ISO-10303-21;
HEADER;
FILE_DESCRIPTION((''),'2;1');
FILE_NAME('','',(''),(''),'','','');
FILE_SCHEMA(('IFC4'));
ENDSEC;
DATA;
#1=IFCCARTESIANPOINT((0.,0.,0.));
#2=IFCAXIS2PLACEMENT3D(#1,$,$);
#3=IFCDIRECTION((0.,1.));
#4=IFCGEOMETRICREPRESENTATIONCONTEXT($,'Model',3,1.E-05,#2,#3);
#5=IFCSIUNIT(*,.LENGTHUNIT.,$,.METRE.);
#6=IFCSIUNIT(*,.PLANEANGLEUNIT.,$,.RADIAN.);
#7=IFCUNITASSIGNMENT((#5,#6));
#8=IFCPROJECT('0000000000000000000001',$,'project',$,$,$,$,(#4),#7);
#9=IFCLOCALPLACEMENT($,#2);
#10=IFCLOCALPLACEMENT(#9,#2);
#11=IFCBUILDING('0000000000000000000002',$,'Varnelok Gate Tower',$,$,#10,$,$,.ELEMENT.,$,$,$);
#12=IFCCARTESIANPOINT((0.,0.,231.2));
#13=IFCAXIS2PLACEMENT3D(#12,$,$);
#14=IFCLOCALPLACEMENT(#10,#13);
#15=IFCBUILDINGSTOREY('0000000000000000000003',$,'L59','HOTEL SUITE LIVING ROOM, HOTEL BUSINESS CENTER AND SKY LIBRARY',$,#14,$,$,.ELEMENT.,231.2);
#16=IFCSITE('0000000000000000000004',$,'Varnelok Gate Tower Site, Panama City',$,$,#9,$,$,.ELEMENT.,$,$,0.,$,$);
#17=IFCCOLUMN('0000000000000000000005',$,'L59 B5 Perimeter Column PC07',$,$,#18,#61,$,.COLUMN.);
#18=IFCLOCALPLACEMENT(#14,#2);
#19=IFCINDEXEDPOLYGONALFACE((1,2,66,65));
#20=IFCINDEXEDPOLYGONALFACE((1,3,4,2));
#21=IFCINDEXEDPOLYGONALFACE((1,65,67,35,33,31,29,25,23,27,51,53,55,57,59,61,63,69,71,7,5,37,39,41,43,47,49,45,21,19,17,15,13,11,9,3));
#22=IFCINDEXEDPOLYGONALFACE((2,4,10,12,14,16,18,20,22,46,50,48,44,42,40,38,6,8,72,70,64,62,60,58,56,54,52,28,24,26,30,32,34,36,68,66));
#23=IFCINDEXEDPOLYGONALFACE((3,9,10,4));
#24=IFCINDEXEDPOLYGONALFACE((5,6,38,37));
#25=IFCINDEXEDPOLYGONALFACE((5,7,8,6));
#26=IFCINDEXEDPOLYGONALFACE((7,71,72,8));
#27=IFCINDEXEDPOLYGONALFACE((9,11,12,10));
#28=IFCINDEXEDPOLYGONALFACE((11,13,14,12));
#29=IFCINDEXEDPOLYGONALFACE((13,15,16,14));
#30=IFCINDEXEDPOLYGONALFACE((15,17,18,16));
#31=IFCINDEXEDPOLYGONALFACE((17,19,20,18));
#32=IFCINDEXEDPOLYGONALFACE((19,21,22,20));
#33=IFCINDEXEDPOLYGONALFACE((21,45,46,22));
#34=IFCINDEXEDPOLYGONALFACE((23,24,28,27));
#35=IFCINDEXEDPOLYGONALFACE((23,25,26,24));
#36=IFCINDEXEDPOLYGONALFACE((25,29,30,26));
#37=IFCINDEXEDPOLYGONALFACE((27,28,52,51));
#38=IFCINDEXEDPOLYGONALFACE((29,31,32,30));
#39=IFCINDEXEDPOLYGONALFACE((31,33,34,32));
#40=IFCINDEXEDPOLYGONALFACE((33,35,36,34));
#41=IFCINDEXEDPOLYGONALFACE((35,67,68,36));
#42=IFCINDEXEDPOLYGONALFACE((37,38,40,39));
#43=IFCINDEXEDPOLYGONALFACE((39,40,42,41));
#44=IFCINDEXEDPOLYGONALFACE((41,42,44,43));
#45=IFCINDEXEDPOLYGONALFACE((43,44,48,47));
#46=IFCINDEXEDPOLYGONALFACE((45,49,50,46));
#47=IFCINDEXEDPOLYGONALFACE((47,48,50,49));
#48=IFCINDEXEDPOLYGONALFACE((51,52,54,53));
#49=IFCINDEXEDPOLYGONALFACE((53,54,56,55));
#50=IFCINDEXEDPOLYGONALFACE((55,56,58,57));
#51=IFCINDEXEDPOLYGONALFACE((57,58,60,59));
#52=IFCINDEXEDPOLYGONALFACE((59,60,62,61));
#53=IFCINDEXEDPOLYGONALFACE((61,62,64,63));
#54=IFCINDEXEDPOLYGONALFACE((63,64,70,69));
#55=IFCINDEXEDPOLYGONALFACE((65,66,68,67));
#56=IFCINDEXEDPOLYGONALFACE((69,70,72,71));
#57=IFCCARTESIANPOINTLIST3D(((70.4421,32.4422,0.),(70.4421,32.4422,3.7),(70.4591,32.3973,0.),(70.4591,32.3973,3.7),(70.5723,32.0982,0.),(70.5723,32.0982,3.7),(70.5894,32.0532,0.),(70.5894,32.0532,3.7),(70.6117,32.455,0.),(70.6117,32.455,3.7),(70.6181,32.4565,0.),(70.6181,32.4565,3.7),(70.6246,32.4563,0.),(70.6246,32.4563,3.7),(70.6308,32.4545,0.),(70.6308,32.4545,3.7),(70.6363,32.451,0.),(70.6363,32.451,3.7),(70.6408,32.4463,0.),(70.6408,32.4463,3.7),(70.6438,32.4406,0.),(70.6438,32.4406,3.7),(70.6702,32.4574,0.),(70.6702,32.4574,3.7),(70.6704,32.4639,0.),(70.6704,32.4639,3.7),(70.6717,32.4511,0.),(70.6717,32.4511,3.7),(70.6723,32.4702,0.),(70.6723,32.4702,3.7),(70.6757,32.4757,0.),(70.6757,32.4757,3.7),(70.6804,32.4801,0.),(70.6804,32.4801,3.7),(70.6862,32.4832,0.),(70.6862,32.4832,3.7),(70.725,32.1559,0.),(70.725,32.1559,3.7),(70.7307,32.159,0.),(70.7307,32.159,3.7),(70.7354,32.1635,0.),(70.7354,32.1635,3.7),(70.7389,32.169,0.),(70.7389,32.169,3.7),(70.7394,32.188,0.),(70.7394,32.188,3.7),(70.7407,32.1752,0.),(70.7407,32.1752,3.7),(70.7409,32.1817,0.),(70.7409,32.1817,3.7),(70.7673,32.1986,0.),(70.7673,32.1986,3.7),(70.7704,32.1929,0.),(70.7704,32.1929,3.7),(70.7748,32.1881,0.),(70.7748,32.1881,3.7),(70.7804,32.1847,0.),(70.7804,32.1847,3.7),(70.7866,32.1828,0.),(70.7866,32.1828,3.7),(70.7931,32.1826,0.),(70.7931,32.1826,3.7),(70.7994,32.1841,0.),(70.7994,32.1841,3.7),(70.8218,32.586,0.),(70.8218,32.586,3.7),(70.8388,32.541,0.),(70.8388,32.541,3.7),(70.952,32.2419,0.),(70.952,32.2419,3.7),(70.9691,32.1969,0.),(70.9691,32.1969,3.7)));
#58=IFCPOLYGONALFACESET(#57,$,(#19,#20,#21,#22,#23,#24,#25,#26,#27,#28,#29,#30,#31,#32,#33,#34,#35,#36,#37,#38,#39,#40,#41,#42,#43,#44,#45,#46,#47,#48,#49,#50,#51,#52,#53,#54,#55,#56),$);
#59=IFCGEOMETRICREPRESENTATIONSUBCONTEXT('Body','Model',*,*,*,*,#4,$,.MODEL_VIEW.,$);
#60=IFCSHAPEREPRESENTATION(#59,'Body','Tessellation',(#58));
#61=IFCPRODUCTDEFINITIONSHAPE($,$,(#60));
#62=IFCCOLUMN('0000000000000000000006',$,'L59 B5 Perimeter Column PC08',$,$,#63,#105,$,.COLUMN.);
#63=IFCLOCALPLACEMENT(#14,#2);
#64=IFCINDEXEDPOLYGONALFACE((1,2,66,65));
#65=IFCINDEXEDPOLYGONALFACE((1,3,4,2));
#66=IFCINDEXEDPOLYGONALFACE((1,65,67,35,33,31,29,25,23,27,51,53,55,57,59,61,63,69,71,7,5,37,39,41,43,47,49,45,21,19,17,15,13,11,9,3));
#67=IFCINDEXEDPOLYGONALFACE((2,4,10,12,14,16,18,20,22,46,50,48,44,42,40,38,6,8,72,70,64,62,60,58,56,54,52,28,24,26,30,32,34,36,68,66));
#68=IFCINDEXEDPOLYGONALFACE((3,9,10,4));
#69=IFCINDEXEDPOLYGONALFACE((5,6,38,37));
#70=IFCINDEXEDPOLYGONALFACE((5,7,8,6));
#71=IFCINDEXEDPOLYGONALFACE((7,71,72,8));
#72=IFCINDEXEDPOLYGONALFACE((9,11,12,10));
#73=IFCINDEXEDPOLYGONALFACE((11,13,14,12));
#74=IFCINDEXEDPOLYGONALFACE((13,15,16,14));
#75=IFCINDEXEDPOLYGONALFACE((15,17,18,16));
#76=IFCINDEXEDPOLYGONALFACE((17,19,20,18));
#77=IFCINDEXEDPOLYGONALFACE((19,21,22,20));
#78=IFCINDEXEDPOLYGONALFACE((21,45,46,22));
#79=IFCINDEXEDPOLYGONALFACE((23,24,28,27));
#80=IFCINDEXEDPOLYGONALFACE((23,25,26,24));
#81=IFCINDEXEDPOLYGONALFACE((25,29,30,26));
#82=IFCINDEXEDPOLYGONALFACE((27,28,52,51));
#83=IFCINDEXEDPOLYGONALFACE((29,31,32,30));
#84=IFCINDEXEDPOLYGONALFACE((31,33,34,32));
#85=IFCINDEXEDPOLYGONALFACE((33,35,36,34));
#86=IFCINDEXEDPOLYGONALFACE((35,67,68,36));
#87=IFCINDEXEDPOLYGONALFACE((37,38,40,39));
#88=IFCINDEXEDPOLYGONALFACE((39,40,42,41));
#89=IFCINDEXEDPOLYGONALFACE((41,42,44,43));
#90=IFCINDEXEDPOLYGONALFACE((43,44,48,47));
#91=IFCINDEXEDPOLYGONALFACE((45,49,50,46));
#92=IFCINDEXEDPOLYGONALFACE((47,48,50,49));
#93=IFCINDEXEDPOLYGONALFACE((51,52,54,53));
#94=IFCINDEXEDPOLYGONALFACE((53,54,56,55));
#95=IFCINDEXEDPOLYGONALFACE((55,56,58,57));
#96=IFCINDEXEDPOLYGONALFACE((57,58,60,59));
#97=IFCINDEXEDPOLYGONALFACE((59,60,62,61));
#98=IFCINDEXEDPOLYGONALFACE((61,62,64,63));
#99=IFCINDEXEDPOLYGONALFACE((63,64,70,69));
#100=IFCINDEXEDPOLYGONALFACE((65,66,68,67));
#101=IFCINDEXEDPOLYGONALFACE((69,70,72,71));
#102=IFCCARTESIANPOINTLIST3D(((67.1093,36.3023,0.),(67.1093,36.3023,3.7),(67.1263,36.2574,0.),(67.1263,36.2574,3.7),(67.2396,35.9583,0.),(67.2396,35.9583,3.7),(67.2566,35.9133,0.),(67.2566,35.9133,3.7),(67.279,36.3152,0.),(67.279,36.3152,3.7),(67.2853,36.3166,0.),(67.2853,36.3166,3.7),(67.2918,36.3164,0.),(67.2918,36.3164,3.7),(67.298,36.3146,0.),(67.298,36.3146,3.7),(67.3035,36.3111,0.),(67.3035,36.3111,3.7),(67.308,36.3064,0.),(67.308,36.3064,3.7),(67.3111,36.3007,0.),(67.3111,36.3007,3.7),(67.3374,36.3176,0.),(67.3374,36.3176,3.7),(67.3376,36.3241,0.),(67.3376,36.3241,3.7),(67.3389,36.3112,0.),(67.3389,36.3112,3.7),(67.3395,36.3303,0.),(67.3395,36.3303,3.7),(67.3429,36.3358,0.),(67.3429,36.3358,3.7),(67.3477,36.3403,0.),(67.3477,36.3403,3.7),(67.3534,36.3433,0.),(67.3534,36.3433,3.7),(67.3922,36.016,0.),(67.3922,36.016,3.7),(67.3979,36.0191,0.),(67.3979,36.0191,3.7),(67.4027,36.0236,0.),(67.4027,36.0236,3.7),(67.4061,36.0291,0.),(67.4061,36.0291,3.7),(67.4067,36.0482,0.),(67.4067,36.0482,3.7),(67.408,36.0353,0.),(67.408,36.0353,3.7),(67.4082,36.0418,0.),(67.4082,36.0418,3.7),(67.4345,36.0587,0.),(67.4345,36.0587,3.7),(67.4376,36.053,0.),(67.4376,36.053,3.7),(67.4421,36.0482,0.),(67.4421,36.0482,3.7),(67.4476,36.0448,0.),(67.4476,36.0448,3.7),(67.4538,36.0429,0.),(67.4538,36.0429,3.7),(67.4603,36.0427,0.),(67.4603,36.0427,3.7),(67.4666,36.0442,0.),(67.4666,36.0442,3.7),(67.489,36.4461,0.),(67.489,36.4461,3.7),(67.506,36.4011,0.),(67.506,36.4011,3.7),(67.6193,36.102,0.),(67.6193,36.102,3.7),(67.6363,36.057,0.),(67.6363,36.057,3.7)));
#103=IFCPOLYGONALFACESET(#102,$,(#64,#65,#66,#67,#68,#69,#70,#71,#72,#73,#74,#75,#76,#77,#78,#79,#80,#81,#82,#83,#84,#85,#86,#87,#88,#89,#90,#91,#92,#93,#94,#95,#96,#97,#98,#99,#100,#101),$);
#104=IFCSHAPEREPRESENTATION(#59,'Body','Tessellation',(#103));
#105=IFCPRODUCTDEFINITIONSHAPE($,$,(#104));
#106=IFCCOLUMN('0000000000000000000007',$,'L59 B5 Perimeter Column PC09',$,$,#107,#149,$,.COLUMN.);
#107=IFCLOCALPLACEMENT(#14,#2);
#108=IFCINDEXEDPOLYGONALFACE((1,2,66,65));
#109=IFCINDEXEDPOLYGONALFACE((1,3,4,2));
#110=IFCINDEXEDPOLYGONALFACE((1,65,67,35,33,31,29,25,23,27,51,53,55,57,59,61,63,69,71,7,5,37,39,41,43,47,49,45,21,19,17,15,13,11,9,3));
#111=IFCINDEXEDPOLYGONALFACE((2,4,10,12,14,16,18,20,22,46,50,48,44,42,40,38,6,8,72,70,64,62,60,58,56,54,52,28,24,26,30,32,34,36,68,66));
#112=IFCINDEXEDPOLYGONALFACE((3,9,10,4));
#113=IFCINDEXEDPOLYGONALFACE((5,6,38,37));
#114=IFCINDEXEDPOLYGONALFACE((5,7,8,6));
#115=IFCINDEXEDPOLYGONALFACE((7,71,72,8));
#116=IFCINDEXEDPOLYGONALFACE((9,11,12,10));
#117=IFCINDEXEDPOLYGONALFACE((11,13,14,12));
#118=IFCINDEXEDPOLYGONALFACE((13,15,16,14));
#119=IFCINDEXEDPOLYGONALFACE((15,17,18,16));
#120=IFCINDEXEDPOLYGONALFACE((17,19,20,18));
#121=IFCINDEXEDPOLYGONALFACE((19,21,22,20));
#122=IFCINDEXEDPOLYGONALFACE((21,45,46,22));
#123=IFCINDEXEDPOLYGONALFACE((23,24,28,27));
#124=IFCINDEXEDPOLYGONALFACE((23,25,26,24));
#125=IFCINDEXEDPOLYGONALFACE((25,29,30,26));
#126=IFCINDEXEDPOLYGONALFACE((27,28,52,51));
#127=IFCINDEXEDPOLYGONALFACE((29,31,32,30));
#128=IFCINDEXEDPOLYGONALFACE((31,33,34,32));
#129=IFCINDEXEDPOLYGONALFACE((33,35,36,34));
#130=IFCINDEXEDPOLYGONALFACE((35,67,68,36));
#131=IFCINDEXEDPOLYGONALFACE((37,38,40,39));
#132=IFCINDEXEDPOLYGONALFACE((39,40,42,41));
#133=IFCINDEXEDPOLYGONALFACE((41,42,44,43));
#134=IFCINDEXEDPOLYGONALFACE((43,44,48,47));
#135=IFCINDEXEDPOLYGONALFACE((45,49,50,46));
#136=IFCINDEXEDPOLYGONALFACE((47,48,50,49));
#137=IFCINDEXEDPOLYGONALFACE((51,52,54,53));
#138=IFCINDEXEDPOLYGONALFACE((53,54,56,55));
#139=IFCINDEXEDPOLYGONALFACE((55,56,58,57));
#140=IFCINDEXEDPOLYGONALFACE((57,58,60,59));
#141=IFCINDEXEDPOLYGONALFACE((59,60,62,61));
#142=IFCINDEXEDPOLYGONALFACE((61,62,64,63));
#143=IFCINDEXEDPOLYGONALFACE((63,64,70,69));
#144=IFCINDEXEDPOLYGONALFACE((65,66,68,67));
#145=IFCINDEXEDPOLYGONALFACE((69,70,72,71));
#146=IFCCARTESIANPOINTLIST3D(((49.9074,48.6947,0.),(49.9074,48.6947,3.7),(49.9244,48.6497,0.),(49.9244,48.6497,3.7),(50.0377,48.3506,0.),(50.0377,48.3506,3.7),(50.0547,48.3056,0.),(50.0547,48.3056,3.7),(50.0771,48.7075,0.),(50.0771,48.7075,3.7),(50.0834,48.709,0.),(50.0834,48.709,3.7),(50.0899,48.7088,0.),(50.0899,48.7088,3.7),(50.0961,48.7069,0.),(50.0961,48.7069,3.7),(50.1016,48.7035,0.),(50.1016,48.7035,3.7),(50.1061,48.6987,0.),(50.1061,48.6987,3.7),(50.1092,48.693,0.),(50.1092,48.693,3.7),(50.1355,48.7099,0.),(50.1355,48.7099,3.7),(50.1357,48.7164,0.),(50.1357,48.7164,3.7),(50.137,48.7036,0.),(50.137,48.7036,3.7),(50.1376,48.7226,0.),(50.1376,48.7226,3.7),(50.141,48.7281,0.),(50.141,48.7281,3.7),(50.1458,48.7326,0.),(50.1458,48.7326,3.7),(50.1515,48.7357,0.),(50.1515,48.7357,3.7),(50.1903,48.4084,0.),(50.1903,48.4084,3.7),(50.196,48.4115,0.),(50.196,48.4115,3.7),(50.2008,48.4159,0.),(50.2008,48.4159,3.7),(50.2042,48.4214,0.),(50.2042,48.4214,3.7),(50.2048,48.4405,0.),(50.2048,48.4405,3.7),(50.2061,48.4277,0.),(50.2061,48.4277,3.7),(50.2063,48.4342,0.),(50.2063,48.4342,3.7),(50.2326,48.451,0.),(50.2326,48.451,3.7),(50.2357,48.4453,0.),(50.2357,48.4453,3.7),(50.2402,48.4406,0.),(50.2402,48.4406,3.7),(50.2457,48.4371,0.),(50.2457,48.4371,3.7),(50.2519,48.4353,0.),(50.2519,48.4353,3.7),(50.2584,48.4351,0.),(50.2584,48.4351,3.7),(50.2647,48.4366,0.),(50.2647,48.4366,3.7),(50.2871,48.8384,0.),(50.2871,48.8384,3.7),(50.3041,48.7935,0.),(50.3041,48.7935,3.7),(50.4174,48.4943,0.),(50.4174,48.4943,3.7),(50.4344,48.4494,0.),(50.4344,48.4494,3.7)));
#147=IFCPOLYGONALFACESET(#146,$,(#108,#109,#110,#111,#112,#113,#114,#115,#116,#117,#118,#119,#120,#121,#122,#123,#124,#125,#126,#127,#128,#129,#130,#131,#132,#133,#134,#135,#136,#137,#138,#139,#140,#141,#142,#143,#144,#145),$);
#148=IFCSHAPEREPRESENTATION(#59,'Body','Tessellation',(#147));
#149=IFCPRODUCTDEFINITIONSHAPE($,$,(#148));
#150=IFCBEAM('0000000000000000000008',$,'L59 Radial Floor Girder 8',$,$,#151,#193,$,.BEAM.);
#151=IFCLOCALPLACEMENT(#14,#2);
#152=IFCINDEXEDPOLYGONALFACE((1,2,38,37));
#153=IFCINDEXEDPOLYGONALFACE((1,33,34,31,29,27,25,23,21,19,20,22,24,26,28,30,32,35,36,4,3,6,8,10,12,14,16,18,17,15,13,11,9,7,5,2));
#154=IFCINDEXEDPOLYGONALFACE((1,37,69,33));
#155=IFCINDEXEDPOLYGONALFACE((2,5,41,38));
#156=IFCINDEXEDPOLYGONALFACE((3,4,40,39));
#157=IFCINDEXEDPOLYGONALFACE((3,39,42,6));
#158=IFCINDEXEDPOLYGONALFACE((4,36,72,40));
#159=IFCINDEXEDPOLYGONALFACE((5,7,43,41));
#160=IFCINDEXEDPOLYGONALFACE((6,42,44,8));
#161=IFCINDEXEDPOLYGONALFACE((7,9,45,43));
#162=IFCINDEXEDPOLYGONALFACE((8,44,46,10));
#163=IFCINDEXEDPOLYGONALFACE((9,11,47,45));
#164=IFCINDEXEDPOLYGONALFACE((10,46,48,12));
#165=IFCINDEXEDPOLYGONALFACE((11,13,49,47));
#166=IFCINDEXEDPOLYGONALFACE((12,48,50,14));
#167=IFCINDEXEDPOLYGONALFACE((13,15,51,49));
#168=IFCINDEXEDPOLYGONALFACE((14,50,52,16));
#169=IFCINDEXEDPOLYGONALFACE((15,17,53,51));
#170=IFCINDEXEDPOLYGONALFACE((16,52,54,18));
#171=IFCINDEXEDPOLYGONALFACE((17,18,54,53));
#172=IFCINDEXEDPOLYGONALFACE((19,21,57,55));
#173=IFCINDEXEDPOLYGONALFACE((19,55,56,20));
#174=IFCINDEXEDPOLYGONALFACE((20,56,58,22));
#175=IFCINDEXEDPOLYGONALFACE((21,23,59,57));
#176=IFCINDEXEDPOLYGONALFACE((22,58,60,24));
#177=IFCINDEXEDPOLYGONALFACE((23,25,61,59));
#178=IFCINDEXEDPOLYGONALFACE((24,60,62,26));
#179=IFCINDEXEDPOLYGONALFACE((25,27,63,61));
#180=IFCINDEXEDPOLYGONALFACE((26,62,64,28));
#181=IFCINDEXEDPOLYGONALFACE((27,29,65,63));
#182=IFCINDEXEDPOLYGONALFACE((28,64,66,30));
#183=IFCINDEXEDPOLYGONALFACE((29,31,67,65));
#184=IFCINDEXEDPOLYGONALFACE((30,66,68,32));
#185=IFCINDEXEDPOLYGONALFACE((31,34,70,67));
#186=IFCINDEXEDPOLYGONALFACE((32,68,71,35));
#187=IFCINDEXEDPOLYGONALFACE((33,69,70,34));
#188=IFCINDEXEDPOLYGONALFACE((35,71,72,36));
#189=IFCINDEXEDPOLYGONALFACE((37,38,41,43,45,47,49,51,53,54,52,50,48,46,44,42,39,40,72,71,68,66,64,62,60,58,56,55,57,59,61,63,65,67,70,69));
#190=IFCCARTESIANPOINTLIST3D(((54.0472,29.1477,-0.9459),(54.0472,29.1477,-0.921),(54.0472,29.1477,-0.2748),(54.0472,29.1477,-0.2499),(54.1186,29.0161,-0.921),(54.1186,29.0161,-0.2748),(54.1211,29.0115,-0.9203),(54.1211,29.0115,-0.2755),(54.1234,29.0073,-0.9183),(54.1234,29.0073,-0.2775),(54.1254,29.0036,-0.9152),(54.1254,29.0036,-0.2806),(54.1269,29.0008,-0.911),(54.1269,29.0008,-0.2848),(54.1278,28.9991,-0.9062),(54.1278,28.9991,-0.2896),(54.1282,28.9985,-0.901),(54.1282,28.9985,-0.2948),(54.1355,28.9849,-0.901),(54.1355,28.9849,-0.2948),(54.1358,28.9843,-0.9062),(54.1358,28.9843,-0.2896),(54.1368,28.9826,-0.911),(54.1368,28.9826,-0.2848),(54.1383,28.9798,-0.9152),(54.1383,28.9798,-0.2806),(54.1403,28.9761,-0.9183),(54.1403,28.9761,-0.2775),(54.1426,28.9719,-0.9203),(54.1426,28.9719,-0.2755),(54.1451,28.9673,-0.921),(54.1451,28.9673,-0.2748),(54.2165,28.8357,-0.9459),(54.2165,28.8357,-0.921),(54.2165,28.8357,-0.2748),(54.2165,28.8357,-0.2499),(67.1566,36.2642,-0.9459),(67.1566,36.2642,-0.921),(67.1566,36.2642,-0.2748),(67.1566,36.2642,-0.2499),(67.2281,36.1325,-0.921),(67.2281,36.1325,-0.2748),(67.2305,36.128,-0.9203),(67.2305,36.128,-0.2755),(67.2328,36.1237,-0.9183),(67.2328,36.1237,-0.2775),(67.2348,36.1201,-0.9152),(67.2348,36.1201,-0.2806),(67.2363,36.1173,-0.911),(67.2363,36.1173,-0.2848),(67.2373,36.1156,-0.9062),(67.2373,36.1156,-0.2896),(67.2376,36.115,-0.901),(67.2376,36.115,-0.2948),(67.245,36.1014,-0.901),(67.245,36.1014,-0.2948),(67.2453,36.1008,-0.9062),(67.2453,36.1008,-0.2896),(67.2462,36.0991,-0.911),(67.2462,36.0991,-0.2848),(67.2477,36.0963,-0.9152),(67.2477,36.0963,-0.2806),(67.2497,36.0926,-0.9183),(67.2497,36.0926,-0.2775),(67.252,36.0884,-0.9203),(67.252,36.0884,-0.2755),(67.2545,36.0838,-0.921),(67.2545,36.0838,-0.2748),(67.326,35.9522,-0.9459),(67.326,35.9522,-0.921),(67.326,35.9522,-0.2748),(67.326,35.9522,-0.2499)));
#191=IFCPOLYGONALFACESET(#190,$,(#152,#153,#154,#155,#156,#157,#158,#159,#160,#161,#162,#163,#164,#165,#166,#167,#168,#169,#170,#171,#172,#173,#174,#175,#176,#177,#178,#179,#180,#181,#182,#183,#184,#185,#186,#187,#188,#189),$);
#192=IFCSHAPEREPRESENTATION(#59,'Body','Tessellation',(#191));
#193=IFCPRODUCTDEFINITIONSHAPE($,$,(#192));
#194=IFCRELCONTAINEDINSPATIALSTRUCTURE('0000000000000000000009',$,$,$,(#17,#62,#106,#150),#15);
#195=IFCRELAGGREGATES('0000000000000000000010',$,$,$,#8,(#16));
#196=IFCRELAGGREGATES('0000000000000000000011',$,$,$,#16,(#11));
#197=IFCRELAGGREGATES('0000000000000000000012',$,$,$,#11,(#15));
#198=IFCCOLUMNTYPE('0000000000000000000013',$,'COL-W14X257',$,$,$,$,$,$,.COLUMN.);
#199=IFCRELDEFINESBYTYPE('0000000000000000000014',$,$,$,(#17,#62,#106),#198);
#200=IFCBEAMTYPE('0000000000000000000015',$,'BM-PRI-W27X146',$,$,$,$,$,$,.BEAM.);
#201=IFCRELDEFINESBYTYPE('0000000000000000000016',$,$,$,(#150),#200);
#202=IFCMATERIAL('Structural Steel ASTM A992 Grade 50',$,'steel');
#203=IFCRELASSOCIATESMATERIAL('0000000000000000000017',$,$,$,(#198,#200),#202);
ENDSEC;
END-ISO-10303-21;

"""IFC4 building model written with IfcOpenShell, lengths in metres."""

from ifc_helpers import new_model, si_unit, direction, frame, origin, origin_2d, place, context, subcontext, project, spatial, i_section, extrude, material, material_profile, profile_set, type_object, element, save


model = new_model("IFC4")

# Units and contexts
model_context = context("Model", 3, precision=1e-05, world=origin(), true_north=direction((0.0, 1.0)))
body_context = subcontext(model_context, "Body", "Model", "MODEL_VIEW")
ifc_project = project(units=[si_unit("LENGTHUNIT", "METRE"), si_unit("PLANEANGLEUNIT", "RADIAN")], contexts=[model_context])

# Site, building, storey
site_placement = place(None, origin())
site = spatial("IfcSite", under=ifc_project, at=site_placement, Name="Varnelok Gate Tower Site, Panama City", CompositionType="ELEMENT", RefElevation=0.0)
building_placement = place(site_placement, origin())
building = spatial("IfcBuilding", under=site, at=building_placement, Name="Varnelok Gate Tower", CompositionType="ELEMENT")
storey_placement = place(building_placement, frame((0.0, 0.0, 231.2)))
storey = spatial("IfcBuildingStorey", under=building, at=storey_placement, Name="L59", Description="HOTEL SUITE LIVING ROOM, HOTEL BUSINESS CENTER AND SKY LIBRARY", CompositionType="ELEMENT", Elevation=231.2)

# Columns
ifc_material_1 = material(Name="Structural Steel ASTM A992 Grade 50", Category="steel")
ifc_material_profile_1 = material_profile(ifc_material_1, i_section(OverallWidth=0.406, OverallDepth=0.416, WebThickness=0.0298, FlangeThickness=0.0481, FilletRadius=0.0249, at=origin_2d()), Name="W14X257")
ifc_profile_set_1 = profile_set([ifc_material_profile_1], Name="Structural Steel ASTM A992 Grade 50")
column_type = type_object("IfcColumnType", Name="COL-W14X257", PredefinedType="COLUMN", material=ifc_profile_set_1)
for number, where, z_axis, x_axis, name in (
    (1, (70.7056, 32.3196, 0.0), (0.0, 0.0, 1.0), (0.935222, 0.354063, 0.0), "L59 B5 Perimeter Column PC07"),
    (2, (67.3728, 36.1797, 0.0), (0.0, 0.0, 1.0), (0.935222, 0.354063, 0.0), "L59 B5 Perimeter Column PC08"),
    (3, (50.1709, 48.572, 0.0), (0.0, 0.0, 1.0), (0.935222, 0.354063, 0.0), "L59 B5 Perimeter Column PC09"),
):
    element("IfcColumn", number, at=place(storey_placement, frame(where, z_axis=z_axis, x_axis=x_axis)), inside=storey, type_object=column_type, Name=name, PredefinedType="COLUMN", context=body_context, shape_type="SweptSolid", body=[
        extrude(i_section(OverallWidth=0.406, OverallDepth=0.416, WebThickness=0.0298, FlangeThickness=0.0481, FilletRadius=0.0249, at=origin_2d()), origin(), (0.0, 0.0, 1.0), 3.7),
    ])

# Beam
ifc_material_profile_2 = material_profile(ifc_material_1, i_section(OverallWidth=0.355, OverallDepth=0.696, WebThickness=0.0154, FlangeThickness=0.0249, FilletRadius=0.02, at=origin_2d()), Name="W27X146")
ifc_profile_set_2 = profile_set([ifc_material_profile_2], Name="Structural Steel ASTM A992 Grade 50")
beam_type_1 = type_object("IfcBeamType", Name="BM-PRI-W27X146", PredefinedType="BEAM", material=ifc_profile_set_2)
beam_1_placement = place(storey_placement, frame((54.1318, 28.9917, -0.5979), z_axis=(0.878855, 0.477089, 0.0), x_axis=(-0.477089, 0.878855, 0.0)))
element("IfcBeam", 4, at=beam_1_placement, inside=storey, type_object=beam_type_1, Name="L59 Radial Floor Girder 8", PredefinedType="BEAM", context=body_context, shape_type="SweptSolid", body=[
    extrude(i_section(OverallWidth=0.355, OverallDepth=0.696, WebThickness=0.0154, FlangeThickness=0.0249, FilletRadius=0.02, at=origin_2d()), origin(), (0.0, 0.0, 1.0), 14.9165),
])

save(model, "model.ifc")
